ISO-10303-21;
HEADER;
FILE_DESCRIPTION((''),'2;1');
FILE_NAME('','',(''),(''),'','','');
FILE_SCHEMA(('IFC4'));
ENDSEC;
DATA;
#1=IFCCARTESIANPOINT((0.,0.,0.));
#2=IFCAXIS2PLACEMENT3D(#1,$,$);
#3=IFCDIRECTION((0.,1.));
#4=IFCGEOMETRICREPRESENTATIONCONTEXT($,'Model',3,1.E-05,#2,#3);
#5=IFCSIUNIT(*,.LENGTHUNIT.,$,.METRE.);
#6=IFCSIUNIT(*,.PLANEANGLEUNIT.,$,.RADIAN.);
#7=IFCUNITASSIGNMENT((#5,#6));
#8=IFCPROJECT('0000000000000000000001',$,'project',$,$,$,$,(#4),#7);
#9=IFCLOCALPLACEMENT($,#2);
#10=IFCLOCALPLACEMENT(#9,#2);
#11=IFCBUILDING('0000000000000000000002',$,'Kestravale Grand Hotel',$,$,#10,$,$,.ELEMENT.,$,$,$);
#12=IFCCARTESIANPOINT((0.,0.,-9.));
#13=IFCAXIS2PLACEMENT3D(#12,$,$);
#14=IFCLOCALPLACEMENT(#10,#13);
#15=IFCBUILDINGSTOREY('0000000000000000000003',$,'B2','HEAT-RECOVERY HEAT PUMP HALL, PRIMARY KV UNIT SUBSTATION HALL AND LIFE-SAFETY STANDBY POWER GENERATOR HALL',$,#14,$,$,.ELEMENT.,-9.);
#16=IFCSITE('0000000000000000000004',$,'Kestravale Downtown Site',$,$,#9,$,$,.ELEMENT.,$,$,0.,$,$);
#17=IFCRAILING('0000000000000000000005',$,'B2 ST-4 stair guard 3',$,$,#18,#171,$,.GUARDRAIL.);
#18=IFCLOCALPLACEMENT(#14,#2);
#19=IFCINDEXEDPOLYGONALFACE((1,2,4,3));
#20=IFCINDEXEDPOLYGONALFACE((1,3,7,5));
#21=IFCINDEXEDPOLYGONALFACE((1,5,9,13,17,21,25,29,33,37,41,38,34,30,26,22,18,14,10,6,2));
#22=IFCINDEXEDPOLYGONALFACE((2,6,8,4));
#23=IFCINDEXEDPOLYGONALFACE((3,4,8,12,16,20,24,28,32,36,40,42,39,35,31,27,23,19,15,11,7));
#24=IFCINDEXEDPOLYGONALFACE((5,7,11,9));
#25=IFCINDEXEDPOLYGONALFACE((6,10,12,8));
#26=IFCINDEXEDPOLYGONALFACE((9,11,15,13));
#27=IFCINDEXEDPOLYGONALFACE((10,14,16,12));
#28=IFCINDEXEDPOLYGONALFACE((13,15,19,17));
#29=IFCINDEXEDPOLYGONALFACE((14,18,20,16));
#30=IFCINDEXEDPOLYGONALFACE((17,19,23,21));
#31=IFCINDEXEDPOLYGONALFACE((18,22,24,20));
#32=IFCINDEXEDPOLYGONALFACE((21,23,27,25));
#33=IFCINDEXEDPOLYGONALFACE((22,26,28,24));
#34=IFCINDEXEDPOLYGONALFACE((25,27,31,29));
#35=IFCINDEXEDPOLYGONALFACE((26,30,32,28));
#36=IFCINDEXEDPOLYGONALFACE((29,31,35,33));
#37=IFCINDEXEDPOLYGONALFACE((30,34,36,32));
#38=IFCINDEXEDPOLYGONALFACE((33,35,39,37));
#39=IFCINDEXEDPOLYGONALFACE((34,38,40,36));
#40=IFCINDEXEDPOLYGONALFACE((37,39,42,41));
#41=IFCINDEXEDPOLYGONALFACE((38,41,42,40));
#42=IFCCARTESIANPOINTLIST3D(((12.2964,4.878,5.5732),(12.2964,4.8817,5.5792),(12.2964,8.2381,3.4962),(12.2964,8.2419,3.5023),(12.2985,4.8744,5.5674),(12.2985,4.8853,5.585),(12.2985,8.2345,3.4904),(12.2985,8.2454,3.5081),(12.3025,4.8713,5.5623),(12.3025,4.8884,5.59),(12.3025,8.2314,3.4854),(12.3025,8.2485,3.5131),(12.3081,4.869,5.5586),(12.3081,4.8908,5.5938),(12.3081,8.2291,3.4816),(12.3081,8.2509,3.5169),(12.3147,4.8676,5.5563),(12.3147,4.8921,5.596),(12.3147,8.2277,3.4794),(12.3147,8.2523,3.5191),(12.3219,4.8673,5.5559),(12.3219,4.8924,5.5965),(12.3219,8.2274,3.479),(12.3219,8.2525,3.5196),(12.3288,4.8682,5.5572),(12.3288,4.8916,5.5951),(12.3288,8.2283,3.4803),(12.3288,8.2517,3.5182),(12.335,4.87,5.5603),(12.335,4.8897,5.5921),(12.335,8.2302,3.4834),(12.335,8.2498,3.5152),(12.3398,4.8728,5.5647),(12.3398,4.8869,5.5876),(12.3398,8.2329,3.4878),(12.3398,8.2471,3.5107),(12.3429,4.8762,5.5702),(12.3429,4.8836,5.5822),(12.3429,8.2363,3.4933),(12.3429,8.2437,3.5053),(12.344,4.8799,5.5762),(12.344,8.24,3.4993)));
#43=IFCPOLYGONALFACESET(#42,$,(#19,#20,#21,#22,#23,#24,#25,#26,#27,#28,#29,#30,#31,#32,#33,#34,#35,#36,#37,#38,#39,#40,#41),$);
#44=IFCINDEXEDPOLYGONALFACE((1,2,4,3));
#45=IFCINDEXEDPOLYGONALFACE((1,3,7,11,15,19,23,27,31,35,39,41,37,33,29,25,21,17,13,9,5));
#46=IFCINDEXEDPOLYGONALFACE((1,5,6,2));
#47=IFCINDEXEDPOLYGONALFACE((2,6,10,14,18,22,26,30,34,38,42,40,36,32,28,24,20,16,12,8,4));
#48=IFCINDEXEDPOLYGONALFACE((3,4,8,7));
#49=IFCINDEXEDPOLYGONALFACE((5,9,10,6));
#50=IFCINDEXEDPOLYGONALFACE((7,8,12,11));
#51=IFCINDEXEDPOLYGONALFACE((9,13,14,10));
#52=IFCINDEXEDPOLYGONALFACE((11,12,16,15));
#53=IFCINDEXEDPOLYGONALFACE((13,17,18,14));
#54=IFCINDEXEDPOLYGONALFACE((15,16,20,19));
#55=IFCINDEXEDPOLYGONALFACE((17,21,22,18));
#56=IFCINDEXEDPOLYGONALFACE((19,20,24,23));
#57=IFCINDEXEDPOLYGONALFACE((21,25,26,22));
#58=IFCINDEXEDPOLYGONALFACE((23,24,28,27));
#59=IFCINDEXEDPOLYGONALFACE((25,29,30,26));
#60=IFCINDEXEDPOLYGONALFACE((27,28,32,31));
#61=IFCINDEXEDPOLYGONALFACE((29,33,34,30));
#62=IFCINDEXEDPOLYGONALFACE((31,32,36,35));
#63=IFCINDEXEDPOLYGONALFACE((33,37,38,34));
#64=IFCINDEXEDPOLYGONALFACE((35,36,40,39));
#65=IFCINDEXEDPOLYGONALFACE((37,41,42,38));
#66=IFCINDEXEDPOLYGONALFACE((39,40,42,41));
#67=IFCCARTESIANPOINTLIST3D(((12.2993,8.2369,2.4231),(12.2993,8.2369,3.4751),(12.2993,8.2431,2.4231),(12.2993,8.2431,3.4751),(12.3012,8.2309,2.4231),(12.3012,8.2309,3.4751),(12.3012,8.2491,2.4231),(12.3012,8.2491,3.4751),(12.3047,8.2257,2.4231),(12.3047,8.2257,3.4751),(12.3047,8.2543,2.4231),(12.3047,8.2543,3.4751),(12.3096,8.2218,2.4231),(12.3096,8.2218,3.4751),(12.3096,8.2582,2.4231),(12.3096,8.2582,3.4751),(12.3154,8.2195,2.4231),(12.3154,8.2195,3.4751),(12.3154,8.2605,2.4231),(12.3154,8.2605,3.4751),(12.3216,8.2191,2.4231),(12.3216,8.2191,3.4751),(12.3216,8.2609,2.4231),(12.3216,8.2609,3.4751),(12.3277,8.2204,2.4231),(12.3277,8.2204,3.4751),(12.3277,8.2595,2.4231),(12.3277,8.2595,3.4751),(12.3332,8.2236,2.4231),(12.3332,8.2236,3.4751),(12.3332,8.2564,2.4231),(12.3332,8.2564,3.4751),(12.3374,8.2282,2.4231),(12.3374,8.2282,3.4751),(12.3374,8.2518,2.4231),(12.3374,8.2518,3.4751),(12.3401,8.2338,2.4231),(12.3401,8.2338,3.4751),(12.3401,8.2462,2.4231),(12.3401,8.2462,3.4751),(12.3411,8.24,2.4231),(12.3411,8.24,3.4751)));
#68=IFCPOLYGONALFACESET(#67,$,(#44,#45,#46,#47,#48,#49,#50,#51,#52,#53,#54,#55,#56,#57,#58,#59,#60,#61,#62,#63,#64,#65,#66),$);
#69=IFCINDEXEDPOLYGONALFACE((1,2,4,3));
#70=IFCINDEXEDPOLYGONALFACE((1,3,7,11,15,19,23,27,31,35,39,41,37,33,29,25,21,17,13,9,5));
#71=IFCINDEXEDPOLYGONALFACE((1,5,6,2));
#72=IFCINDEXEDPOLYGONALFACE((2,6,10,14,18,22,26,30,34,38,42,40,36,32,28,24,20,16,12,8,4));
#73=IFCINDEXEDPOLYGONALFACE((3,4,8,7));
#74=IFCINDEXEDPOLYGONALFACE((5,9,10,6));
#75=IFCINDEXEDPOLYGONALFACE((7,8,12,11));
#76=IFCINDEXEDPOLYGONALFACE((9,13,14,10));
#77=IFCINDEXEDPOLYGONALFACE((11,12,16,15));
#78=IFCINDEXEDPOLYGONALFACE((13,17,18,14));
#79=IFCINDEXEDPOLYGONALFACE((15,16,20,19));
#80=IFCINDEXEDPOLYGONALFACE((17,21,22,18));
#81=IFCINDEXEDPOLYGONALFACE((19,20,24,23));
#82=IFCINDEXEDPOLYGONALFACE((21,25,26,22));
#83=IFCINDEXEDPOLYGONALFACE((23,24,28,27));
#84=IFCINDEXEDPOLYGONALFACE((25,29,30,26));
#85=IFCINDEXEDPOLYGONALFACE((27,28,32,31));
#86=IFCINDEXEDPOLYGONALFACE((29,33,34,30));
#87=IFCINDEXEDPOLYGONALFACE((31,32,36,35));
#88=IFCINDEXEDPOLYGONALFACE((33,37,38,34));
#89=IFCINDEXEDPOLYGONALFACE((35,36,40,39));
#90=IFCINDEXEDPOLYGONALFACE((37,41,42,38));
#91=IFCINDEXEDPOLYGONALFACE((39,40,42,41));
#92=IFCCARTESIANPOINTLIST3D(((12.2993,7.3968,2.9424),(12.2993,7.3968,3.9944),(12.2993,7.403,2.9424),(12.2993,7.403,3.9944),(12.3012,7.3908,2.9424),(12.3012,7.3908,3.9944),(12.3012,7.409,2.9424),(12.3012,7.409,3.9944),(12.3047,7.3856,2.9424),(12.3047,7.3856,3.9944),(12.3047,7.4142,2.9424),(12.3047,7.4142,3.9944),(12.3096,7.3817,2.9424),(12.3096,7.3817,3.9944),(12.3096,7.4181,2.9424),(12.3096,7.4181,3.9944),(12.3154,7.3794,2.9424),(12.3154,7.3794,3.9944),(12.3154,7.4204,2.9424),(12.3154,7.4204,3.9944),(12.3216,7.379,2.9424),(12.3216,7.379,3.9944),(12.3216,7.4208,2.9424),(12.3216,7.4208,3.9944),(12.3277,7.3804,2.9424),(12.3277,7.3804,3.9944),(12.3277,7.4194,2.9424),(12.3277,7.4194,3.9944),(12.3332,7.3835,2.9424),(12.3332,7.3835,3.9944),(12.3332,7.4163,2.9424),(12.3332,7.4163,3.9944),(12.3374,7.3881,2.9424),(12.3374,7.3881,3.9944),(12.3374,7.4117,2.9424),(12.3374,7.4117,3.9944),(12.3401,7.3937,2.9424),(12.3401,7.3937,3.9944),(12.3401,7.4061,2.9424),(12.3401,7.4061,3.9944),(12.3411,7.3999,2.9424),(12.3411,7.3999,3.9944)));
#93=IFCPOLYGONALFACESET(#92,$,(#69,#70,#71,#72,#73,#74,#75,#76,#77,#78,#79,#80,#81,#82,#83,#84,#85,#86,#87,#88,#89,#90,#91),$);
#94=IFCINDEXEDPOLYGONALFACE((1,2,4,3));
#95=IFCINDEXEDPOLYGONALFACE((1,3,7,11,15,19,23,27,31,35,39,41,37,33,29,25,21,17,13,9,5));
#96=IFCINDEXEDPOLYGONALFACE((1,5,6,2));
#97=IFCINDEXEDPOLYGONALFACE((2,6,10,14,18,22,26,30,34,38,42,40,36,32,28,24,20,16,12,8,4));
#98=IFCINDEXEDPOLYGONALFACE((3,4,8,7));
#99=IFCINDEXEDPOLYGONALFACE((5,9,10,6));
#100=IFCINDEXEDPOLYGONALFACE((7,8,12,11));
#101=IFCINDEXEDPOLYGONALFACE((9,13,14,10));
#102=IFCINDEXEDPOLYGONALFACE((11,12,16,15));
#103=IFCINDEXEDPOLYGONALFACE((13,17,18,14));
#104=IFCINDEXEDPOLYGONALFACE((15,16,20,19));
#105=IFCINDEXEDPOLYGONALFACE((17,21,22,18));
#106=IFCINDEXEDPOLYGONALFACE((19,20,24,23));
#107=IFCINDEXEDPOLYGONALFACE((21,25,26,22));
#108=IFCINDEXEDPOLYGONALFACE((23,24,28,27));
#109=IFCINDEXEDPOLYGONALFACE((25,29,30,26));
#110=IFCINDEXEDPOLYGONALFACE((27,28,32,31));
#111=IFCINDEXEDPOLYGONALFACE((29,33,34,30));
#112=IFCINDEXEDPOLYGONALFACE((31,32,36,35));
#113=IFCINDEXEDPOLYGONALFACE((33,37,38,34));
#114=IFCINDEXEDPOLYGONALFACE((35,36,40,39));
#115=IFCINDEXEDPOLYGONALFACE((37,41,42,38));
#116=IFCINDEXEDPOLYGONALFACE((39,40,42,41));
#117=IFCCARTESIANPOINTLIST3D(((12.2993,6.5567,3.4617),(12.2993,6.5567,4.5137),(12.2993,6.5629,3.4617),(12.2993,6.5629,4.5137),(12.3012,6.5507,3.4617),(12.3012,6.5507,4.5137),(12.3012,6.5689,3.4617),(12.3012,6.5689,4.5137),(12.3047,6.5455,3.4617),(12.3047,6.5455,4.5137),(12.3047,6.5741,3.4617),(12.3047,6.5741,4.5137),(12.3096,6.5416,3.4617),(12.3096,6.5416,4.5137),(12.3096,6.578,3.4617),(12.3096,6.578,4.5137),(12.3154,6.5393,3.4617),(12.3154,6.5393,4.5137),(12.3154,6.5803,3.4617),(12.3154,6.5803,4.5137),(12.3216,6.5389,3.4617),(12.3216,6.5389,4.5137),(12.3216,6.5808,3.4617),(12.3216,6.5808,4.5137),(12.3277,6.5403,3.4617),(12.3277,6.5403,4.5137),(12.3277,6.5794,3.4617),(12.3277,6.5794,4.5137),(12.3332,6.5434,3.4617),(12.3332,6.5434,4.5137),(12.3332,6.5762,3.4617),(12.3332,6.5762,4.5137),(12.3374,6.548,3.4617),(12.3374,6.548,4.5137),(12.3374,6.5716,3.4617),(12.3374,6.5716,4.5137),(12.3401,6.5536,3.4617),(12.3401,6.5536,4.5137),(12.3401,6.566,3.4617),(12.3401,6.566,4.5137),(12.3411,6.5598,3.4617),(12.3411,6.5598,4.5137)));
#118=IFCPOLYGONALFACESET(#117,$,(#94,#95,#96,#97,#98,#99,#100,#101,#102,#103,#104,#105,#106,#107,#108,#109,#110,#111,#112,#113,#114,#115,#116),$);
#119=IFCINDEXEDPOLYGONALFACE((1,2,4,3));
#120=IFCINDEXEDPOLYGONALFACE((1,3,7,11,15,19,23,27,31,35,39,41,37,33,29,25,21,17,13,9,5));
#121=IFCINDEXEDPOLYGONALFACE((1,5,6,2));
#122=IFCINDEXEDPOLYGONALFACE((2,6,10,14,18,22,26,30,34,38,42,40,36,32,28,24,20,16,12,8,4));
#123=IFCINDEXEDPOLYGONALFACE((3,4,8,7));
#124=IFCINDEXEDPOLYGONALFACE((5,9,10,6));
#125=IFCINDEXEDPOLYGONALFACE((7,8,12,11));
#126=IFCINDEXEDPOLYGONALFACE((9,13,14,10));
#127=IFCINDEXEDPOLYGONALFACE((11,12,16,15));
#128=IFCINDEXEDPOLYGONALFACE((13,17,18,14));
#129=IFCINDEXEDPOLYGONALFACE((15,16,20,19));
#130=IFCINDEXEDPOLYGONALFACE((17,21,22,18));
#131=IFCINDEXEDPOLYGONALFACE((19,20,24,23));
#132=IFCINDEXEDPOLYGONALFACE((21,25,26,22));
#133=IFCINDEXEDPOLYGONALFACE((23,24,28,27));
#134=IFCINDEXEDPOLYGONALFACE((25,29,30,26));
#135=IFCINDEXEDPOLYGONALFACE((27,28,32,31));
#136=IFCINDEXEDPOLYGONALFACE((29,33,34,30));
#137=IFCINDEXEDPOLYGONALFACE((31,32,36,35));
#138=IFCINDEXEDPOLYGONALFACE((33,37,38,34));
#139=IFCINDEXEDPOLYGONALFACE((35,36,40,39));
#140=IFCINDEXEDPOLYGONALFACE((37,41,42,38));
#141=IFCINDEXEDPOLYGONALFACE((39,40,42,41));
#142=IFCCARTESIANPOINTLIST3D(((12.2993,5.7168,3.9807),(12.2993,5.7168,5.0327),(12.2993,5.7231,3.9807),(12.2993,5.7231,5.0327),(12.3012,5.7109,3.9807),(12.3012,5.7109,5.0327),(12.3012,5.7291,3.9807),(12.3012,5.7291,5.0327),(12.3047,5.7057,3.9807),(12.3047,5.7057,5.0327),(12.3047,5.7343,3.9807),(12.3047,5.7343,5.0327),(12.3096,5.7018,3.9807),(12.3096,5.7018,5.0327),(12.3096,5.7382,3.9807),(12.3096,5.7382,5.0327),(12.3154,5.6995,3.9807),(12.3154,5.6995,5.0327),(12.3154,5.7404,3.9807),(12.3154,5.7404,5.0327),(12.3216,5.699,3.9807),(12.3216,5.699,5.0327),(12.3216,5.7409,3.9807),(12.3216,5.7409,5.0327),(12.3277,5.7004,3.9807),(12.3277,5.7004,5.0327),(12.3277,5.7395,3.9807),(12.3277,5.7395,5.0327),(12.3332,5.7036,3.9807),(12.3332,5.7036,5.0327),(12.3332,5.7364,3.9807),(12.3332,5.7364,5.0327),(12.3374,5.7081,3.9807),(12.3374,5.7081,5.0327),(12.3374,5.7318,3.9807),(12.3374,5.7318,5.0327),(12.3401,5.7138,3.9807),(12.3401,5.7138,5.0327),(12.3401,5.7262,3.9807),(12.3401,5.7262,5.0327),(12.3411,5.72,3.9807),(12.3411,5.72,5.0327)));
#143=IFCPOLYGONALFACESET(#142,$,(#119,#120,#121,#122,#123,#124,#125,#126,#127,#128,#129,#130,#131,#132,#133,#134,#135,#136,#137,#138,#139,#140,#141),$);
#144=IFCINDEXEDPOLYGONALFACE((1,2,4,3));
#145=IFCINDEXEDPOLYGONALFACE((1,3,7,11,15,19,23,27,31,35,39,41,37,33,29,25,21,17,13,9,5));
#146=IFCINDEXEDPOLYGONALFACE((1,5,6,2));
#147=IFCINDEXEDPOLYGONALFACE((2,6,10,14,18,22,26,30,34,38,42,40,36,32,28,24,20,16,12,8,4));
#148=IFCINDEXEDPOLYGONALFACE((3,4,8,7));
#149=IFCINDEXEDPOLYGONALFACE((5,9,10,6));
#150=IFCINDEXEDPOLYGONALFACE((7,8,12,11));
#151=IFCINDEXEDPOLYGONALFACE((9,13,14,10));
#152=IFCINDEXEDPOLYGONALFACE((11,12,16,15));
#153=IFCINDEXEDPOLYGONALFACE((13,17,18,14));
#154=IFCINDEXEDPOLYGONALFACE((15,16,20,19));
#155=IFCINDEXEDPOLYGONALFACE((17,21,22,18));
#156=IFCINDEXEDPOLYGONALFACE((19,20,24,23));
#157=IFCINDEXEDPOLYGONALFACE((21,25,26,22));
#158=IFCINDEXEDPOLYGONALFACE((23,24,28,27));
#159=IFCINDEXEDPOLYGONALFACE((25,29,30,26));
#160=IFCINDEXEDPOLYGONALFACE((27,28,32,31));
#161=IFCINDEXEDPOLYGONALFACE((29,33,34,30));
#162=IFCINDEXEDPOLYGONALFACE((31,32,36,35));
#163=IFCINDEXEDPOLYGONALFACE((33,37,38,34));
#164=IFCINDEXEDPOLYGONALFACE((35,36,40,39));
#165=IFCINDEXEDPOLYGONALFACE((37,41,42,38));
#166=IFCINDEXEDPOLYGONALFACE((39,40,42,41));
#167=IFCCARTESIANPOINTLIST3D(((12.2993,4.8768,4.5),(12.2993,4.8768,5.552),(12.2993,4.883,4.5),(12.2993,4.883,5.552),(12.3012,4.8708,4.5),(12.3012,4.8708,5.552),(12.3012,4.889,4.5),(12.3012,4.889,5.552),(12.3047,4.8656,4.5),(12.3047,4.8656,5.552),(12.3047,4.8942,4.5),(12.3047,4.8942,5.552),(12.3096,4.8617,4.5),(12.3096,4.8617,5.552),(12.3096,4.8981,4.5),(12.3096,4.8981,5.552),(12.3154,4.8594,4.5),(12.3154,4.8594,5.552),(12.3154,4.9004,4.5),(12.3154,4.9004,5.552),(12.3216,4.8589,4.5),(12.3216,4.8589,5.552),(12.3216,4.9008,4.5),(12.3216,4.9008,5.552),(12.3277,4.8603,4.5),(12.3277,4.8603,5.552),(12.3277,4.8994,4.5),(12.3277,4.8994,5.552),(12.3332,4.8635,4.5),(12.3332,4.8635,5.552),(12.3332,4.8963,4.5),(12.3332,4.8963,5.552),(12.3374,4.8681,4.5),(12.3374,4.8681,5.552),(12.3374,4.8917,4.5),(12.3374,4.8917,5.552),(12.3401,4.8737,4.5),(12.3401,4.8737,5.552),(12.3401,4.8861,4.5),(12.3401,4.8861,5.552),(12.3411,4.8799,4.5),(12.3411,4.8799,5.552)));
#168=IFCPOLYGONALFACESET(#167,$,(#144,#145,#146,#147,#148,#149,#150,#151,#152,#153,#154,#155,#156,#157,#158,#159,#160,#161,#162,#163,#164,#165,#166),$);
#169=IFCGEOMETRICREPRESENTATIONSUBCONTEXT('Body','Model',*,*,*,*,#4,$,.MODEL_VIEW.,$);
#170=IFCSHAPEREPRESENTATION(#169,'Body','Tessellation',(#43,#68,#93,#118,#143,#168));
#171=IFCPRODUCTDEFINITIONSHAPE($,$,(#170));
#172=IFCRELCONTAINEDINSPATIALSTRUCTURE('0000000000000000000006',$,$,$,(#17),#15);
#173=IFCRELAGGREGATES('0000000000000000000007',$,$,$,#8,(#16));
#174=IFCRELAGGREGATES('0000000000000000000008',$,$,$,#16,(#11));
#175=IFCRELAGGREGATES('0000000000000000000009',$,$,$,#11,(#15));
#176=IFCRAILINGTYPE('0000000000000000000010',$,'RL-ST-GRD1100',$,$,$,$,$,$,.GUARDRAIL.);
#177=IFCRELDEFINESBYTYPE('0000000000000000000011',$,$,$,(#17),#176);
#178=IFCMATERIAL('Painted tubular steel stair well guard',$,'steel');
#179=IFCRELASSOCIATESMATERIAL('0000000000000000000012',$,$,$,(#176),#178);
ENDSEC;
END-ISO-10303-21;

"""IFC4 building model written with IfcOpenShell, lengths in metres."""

from ifc_helpers import new_model, si_unit, direction, frame, origin, origin_2d, place, context, subcontext, project, spatial, circle, extrude, material, type_object, element, save


model = new_model("IFC4")

# Units and contexts
model_context = context("Model", 3, precision=1e-05, world=origin(), true_north=direction((0.0, 1.0)))
body_context = subcontext(model_context, "Body", "Model", "MODEL_VIEW")
ifc_project = project(units=[si_unit("LENGTHUNIT", "METRE"), si_unit("PLANEANGLEUNIT", "RADIAN")], contexts=[model_context])

# Site, building, storey
site_placement = place(None, origin())
site = spatial("IfcSite", under=ifc_project, at=site_placement, Name="Kestravale Downtown Site", CompositionType="ELEMENT", RefElevation=0.0)
building_placement = place(site_placement, origin())
building = spatial("IfcBuilding", under=site, at=building_placement, Name="Kestravale Grand Hotel", CompositionType="ELEMENT")
storey_placement = place(building_placement, frame((0.0, 0.0, -9.0)))
storey = spatial("IfcBuildingStorey", under=building, at=storey_placement, Name="B2", Description="HEAT-RECOVERY HEAT PUMP HALL, PRIMARY KV UNIT SUBSTATION HALL AND LIFE-SAFETY STANDBY POWER GENERATOR HALL", CompositionType="ELEMENT", Elevation=-9.0)

# Railing
ifc_material_1 = material(Name="Painted tubular steel stair well guard", Category="steel")
railing_type = type_object("IfcRailingType", Name="RL-ST-GRD1100", PredefinedType="GUARDRAIL", material=ifc_material_1)
railing_1_placement = place(storey_placement, frame((12.3201, 8.24, 2.4231)))
element("IfcRailing", 1, at=railing_1_placement, inside=storey, type_object=railing_type, Name="B2 ST-4 stair guard 3", PredefinedType="GUARDRAIL", context=body_context, shape_type="SweptSolid", body=[
    extrude(circle(Radius=0.0239, at=origin_2d()), frame((0.0, 0.0, 1.0762), z_axis=(0.0, -0.850623, 0.525776), x_axis=(1.0, 0.0, 0.0)), (0.0, 0.0, 1.0), 3.9502),
    extrude(circle(Radius=0.021, at=origin_2d()), origin(), (0.0, 0.0, 1.0), 1.052),
    extrude(circle(Radius=0.021, at=origin_2d()), frame((0.0, -0.8401, 0.5193)), (0.0, 0.0, 1.0), 1.052),
    extrude(circle(Radius=0.021, at=origin_2d()), frame((0.0, -1.6802, 1.0386)), (0.0, 0.0, 1.0), 1.052),
    extrude(circle(Radius=0.021, at=origin_2d()), frame((0.0, -2.52, 1.5576)), (0.0, 0.0, 1.0), 1.052),
    extrude(circle(Radius=0.021, at=origin_2d()), frame((0.0, -3.3601, 2.0769)), (0.0, 0.0, 1.0), 1.052),
])

save(model, "model.ifc")
